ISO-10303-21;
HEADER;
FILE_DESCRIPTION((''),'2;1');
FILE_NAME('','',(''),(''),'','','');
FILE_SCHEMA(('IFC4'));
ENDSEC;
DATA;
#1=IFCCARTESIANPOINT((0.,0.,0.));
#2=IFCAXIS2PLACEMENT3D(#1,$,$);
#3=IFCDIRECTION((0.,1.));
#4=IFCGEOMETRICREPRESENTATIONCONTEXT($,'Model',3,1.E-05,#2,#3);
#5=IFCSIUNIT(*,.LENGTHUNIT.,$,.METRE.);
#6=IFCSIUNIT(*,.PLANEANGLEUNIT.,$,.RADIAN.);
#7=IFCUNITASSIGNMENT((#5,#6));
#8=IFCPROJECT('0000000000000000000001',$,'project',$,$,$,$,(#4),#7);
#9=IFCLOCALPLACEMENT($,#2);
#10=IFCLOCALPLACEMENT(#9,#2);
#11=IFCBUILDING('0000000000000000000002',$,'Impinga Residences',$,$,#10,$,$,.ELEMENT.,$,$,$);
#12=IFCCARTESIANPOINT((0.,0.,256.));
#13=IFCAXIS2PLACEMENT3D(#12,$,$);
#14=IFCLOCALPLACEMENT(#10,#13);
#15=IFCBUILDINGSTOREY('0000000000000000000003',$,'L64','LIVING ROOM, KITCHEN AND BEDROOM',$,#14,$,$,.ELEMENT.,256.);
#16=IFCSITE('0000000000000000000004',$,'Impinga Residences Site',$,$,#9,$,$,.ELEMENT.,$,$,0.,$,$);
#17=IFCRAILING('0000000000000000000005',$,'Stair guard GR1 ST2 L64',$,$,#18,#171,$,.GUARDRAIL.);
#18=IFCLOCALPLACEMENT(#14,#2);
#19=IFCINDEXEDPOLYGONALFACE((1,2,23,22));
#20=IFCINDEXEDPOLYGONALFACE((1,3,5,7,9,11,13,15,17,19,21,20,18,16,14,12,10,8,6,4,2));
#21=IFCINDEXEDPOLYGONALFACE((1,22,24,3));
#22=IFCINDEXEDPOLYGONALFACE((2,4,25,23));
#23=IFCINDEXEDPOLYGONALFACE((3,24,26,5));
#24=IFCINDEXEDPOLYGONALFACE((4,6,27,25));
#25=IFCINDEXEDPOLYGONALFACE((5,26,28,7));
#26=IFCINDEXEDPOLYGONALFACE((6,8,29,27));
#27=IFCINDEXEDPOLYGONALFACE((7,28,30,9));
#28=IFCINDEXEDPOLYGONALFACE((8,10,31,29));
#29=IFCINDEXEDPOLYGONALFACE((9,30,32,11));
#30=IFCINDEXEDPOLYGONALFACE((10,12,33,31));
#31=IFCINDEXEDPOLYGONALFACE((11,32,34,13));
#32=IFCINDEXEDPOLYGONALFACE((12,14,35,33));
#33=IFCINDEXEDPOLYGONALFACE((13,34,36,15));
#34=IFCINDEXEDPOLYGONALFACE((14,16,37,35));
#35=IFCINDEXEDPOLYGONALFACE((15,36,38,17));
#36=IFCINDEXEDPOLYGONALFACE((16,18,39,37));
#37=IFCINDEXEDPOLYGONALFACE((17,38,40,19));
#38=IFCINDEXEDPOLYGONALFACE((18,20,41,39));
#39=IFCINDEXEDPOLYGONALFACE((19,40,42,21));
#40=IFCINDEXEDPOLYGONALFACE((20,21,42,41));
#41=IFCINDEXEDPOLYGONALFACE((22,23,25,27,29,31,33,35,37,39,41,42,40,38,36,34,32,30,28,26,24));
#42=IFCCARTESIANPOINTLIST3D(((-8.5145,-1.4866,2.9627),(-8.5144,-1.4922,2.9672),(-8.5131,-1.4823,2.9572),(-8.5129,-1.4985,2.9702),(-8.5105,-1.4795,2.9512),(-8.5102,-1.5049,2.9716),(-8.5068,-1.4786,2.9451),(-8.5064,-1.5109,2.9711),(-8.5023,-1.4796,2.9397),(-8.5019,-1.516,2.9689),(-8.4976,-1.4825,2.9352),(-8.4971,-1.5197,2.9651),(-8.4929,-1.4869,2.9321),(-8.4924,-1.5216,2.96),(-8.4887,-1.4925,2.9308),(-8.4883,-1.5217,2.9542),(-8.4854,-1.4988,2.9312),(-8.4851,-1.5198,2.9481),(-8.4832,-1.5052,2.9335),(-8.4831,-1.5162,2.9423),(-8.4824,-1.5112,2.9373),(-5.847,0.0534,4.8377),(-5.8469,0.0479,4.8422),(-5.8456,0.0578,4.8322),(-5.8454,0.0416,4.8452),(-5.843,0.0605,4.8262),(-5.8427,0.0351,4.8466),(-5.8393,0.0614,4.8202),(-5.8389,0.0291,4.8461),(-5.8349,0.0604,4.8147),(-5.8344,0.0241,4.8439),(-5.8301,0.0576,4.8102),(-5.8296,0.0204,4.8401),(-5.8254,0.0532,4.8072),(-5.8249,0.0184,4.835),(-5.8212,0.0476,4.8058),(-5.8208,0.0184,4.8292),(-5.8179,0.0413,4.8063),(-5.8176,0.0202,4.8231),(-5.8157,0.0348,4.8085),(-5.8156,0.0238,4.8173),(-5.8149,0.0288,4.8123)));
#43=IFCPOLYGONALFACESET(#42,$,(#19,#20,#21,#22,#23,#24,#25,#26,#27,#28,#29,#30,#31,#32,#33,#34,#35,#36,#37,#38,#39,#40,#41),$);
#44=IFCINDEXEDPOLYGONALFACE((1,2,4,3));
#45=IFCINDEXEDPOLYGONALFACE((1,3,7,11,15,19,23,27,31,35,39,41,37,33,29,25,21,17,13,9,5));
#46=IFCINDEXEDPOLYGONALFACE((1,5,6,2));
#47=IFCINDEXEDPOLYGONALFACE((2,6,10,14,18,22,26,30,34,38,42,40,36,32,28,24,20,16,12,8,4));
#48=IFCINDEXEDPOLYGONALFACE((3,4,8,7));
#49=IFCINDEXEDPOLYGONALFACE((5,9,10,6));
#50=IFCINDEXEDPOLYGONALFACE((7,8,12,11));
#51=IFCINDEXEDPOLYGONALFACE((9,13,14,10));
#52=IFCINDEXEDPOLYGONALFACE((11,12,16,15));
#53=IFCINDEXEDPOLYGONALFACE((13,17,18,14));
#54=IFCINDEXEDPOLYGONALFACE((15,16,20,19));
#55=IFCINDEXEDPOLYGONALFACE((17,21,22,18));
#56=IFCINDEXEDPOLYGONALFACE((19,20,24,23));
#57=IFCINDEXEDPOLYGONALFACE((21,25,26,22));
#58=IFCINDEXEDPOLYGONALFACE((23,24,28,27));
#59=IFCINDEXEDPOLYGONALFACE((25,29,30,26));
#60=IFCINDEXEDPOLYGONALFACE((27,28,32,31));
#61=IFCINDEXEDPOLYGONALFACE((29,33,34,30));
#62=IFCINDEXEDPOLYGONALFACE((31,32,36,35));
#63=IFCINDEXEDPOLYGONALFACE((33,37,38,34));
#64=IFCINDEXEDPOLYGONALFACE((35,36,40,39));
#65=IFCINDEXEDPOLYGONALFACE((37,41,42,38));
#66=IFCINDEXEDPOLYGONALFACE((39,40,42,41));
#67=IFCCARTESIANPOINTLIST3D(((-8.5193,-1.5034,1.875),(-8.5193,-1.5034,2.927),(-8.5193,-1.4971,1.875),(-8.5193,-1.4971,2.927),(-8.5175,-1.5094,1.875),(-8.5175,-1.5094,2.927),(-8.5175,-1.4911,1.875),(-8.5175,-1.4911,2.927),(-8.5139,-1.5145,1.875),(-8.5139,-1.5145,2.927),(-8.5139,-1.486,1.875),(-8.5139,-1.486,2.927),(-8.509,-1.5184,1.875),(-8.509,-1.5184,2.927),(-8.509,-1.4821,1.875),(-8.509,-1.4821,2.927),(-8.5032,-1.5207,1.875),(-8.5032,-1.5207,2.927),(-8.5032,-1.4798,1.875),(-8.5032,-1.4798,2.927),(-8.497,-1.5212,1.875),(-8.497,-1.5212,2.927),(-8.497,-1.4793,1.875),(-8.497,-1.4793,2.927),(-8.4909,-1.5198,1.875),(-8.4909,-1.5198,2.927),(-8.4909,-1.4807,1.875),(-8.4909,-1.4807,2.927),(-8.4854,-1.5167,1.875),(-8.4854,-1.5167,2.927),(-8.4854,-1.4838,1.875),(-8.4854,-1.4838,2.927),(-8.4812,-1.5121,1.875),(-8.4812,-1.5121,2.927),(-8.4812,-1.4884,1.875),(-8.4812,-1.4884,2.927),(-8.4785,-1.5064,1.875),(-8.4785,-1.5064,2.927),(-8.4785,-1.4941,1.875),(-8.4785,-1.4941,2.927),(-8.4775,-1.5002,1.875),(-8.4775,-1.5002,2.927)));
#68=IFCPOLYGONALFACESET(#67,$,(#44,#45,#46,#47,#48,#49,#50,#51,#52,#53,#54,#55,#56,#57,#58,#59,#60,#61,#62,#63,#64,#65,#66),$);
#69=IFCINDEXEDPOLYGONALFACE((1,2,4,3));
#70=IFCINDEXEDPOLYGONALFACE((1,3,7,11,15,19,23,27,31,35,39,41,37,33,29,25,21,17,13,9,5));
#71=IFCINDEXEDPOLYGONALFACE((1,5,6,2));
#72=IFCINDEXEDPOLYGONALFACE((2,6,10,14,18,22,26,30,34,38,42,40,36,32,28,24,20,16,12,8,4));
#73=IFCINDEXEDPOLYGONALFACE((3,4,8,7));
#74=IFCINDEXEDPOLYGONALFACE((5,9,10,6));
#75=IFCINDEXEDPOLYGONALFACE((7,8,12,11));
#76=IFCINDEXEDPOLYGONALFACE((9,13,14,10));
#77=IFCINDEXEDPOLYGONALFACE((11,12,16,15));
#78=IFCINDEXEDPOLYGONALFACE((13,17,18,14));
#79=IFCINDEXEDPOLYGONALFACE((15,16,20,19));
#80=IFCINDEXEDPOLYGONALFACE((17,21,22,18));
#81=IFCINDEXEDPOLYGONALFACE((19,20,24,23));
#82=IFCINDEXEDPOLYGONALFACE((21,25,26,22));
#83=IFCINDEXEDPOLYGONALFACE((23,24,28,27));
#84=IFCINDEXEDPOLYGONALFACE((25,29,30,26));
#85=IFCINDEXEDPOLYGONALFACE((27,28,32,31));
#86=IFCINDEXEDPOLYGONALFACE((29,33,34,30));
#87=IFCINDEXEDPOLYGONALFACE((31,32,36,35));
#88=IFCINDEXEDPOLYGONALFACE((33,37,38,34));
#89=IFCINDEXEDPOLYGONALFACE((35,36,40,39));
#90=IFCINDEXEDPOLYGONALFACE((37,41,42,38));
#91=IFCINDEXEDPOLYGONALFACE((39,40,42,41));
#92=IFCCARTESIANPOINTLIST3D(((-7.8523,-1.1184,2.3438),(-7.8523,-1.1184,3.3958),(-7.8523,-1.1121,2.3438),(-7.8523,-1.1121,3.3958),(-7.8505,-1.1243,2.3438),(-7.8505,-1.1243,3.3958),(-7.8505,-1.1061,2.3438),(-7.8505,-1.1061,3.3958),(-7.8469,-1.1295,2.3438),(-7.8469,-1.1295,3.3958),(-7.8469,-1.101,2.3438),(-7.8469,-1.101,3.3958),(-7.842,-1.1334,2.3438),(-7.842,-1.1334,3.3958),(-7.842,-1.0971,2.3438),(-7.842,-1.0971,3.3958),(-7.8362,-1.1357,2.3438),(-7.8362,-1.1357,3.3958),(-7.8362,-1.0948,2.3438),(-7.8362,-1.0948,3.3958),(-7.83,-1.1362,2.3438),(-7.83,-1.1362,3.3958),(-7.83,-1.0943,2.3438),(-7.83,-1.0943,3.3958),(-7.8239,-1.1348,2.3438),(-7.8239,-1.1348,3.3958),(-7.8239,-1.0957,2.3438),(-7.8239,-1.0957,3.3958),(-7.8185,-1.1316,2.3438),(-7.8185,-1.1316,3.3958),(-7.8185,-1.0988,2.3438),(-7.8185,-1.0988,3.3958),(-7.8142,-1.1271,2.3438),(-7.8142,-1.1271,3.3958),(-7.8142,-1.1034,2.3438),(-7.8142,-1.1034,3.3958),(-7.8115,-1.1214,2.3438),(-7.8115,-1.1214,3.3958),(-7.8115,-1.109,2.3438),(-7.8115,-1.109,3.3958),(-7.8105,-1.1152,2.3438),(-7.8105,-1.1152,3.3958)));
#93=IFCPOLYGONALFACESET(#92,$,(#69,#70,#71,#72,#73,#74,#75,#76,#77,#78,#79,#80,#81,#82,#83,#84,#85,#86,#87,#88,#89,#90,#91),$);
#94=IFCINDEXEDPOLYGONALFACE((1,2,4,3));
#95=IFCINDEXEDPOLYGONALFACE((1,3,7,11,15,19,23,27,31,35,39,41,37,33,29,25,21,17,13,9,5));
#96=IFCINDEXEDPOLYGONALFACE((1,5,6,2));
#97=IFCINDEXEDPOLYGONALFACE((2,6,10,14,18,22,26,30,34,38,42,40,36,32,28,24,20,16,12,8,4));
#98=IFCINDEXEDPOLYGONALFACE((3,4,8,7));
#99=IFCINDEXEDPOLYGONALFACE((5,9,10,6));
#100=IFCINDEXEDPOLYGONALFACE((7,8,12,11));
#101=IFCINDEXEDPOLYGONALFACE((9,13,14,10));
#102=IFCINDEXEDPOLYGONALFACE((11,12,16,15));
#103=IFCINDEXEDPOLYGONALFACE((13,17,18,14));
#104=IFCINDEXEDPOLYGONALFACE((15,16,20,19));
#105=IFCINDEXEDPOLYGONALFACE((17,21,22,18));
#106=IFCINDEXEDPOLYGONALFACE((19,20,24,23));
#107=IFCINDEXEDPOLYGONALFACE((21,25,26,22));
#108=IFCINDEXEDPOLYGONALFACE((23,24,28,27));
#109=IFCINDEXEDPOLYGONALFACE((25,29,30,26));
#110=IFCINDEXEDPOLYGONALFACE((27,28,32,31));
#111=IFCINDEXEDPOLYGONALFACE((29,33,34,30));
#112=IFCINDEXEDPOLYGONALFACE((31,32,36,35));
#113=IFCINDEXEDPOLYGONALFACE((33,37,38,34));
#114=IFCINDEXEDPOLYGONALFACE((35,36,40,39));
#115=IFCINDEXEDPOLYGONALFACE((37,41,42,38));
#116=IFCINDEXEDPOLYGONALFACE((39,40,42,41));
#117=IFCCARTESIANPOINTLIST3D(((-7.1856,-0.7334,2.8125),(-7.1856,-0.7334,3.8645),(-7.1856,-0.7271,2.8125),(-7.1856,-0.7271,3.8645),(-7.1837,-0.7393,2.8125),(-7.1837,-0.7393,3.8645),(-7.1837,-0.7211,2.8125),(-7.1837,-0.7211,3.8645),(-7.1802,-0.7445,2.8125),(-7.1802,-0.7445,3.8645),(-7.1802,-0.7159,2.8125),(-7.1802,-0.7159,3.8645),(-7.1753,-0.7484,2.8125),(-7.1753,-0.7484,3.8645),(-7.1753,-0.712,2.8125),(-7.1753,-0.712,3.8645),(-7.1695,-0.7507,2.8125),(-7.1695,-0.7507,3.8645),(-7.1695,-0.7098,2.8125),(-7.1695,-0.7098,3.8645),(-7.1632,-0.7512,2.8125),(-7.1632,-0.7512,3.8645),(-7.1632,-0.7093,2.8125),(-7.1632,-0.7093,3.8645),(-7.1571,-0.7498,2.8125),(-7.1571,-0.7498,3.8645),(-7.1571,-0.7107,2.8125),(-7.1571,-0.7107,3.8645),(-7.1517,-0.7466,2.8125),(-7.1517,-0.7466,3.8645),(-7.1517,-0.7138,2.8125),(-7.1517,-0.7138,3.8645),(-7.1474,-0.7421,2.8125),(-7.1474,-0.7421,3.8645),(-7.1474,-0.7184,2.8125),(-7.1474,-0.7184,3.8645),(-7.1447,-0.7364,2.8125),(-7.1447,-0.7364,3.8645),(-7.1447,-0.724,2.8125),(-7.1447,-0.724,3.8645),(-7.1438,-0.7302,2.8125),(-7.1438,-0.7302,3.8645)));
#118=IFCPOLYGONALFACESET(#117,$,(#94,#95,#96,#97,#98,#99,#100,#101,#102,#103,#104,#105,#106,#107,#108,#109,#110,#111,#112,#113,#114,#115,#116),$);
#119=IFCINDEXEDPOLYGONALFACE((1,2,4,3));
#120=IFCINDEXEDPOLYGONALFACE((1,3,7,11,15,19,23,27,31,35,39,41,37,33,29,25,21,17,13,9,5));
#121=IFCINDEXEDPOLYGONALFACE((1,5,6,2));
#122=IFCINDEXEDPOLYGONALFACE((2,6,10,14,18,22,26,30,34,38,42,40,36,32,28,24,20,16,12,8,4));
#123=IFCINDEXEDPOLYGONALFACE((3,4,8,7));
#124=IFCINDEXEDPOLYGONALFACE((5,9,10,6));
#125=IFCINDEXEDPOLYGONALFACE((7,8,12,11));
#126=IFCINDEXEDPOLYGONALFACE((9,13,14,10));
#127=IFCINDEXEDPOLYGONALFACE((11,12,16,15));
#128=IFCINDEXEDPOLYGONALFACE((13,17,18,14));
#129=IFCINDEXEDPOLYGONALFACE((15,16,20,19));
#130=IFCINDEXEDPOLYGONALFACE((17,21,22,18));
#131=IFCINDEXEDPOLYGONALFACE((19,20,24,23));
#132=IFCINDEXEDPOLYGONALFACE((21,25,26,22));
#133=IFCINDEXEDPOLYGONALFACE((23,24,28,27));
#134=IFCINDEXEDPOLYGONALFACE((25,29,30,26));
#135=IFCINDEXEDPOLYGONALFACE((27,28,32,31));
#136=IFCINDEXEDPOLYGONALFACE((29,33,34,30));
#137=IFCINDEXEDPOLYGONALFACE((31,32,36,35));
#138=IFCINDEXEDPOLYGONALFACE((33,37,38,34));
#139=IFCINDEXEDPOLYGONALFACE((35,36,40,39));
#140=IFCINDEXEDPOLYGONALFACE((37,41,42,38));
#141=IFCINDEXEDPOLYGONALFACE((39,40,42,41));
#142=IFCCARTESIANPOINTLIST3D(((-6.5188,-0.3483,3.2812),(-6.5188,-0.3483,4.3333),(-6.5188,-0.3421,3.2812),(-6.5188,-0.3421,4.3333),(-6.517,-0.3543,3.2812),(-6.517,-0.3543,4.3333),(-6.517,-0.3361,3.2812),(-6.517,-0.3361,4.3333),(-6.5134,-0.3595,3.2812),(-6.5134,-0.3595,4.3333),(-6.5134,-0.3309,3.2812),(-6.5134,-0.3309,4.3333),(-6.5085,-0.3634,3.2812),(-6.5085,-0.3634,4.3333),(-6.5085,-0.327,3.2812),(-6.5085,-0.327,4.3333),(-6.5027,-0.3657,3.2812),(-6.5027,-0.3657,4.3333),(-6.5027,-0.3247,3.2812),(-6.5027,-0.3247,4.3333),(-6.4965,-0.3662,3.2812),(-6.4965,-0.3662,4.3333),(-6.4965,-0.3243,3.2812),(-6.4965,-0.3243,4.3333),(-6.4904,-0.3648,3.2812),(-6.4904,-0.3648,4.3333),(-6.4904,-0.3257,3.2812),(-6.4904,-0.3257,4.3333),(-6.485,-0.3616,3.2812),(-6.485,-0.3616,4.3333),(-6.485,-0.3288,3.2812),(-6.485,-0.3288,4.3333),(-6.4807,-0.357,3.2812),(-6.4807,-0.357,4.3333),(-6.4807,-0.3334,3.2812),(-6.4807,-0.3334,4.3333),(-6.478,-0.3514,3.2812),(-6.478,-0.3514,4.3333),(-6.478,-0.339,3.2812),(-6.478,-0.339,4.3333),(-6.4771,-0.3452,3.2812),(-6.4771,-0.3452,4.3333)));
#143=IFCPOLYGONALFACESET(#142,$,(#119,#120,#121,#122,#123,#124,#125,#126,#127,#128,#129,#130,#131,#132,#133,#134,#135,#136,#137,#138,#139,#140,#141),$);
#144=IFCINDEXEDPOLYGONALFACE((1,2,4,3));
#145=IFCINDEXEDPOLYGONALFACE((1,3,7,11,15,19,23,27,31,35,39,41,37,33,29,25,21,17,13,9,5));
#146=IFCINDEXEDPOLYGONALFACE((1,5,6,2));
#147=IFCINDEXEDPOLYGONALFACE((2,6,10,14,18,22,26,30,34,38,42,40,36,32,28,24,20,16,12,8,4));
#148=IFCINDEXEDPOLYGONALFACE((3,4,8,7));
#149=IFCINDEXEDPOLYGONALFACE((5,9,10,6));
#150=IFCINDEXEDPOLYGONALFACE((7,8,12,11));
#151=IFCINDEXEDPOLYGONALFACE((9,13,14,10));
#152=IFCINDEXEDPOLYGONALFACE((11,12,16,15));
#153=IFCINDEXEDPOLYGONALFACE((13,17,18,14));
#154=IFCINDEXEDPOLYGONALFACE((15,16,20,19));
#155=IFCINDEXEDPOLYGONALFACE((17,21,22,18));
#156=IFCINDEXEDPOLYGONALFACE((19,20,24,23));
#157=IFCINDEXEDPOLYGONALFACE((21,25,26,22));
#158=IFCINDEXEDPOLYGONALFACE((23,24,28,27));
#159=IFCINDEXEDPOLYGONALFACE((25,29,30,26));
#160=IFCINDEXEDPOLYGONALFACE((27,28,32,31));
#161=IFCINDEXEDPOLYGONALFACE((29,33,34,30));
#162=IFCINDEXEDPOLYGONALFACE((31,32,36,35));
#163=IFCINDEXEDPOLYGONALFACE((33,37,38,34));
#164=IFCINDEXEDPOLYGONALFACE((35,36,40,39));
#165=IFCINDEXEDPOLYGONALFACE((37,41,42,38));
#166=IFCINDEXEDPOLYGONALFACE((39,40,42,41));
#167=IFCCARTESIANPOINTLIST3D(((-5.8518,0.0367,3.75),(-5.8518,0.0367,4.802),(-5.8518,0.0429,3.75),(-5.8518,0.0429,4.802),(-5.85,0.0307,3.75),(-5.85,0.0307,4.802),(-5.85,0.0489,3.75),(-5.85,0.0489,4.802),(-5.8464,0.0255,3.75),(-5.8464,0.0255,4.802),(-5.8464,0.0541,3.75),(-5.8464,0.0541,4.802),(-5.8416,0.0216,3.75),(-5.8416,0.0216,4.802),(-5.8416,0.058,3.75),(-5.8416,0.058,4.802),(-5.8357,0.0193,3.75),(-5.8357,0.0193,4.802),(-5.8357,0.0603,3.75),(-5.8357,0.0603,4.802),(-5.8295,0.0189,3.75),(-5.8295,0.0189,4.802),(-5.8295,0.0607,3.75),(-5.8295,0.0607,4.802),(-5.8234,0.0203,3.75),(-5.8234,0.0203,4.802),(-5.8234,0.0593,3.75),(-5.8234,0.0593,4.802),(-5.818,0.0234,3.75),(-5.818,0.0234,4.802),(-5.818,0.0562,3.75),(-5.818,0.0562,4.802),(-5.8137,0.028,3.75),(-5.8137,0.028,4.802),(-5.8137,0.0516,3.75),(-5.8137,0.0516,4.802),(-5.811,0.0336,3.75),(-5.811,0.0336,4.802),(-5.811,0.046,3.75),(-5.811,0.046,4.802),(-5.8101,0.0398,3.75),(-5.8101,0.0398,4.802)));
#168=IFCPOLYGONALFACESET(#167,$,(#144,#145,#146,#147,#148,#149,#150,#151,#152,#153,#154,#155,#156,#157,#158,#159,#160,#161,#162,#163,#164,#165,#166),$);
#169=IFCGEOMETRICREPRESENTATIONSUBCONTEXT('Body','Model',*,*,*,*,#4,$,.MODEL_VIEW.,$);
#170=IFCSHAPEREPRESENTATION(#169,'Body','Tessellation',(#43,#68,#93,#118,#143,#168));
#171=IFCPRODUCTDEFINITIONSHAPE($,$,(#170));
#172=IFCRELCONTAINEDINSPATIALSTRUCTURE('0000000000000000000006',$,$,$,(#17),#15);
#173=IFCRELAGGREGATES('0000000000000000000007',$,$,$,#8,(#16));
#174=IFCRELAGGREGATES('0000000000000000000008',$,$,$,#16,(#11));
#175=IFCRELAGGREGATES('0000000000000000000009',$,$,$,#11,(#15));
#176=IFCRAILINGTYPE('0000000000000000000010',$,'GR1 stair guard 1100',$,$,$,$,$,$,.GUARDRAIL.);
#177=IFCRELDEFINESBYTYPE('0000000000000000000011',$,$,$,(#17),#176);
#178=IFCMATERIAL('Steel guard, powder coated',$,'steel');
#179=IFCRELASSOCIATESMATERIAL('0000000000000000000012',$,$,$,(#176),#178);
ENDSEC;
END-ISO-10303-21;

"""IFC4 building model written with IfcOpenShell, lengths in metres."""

from ifc_helpers import new_model, si_unit, direction, frame, origin, origin_2d, place, context, subcontext, project, spatial, circle, extrude, material, type_object, element, save


model = new_model("IFC4")

# Units and contexts
model_context = context("Model", 3, precision=1e-05, world=origin(), true_north=direction((0.0, 1.0)))
body_context = subcontext(model_context, "Body", "Model", "MODEL_VIEW")
ifc_project = project(units=[si_unit("LENGTHUNIT", "METRE"), si_unit("PLANEANGLEUNIT", "RADIAN")], contexts=[model_context])

# Site, building, storey
site_placement = place(None, origin())
site = spatial("IfcSite", under=ifc_project, at=site_placement, Name="Impinga Residences Site", CompositionType="ELEMENT", RefElevation=0.0)
building_placement = place(site_placement, origin())
building = spatial("IfcBuilding", under=site, at=building_placement, Name="Impinga Residences", CompositionType="ELEMENT")
storey_placement = place(building_placement, frame((0.0, 0.0, 256.0)))
storey = spatial("IfcBuildingStorey", under=building, at=storey_placement, Name="L64", Description="LIVING ROOM, KITCHEN AND BEDROOM", CompositionType="ELEMENT", Elevation=256.0)

# Railing
ifc_material_1 = material(Name="Steel guard, powder coated", Category="steel")
railing_type_1 = type_object("IfcRailingType", Name="GR1 stair guard 1100", PredefinedType="GUARDRAIL", material=ifc_material_1)
railing_1_placement = place(storey_placement, frame((-8.4985, -1.5002, 1.875)))
element("IfcRailing", 1, at=railing_1_placement, inside=storey, type_object=railing_type_1, Name="Stair guard GR1 ST2 L64", PredefinedType="GUARDRAIL", context=body_context, shape_type="SweptSolid", body=[
    extrude(circle(Radius=0.0239, at=origin_2d()), frame((0.0, 0.0, 1.0762), z_axis=(0.739746, 0.427084, 0.519975), x_axis=(-0.499992, 0.86603, 0.0)), (0.0, 0.0, 1.0), 3.606),
    extrude(circle(Radius=0.021, at=origin_2d()), origin(), (0.0, 0.0, 1.0), 1.052),
    extrude(circle(Radius=0.021, at=origin_2d()), frame((0.667, 0.385, 0.4688)), (0.0, 0.0, 1.0), 1.052),
    extrude(circle(Radius=0.021, at=origin_2d()), frame((1.3337, 0.77, 0.9375)), (0.0, 0.0, 1.0), 1.052),
    extrude(circle(Radius=0.021, at=origin_2d()), frame((2.0005, 1.155, 1.4062)), (0.0, 0.0, 1.0), 1.052),
    extrude(circle(Radius=0.021, at=origin_2d()), frame((2.6675, 1.54, 1.875)), (0.0, 0.0, 1.0), 1.052),
])

save(model, "model.ifc")
